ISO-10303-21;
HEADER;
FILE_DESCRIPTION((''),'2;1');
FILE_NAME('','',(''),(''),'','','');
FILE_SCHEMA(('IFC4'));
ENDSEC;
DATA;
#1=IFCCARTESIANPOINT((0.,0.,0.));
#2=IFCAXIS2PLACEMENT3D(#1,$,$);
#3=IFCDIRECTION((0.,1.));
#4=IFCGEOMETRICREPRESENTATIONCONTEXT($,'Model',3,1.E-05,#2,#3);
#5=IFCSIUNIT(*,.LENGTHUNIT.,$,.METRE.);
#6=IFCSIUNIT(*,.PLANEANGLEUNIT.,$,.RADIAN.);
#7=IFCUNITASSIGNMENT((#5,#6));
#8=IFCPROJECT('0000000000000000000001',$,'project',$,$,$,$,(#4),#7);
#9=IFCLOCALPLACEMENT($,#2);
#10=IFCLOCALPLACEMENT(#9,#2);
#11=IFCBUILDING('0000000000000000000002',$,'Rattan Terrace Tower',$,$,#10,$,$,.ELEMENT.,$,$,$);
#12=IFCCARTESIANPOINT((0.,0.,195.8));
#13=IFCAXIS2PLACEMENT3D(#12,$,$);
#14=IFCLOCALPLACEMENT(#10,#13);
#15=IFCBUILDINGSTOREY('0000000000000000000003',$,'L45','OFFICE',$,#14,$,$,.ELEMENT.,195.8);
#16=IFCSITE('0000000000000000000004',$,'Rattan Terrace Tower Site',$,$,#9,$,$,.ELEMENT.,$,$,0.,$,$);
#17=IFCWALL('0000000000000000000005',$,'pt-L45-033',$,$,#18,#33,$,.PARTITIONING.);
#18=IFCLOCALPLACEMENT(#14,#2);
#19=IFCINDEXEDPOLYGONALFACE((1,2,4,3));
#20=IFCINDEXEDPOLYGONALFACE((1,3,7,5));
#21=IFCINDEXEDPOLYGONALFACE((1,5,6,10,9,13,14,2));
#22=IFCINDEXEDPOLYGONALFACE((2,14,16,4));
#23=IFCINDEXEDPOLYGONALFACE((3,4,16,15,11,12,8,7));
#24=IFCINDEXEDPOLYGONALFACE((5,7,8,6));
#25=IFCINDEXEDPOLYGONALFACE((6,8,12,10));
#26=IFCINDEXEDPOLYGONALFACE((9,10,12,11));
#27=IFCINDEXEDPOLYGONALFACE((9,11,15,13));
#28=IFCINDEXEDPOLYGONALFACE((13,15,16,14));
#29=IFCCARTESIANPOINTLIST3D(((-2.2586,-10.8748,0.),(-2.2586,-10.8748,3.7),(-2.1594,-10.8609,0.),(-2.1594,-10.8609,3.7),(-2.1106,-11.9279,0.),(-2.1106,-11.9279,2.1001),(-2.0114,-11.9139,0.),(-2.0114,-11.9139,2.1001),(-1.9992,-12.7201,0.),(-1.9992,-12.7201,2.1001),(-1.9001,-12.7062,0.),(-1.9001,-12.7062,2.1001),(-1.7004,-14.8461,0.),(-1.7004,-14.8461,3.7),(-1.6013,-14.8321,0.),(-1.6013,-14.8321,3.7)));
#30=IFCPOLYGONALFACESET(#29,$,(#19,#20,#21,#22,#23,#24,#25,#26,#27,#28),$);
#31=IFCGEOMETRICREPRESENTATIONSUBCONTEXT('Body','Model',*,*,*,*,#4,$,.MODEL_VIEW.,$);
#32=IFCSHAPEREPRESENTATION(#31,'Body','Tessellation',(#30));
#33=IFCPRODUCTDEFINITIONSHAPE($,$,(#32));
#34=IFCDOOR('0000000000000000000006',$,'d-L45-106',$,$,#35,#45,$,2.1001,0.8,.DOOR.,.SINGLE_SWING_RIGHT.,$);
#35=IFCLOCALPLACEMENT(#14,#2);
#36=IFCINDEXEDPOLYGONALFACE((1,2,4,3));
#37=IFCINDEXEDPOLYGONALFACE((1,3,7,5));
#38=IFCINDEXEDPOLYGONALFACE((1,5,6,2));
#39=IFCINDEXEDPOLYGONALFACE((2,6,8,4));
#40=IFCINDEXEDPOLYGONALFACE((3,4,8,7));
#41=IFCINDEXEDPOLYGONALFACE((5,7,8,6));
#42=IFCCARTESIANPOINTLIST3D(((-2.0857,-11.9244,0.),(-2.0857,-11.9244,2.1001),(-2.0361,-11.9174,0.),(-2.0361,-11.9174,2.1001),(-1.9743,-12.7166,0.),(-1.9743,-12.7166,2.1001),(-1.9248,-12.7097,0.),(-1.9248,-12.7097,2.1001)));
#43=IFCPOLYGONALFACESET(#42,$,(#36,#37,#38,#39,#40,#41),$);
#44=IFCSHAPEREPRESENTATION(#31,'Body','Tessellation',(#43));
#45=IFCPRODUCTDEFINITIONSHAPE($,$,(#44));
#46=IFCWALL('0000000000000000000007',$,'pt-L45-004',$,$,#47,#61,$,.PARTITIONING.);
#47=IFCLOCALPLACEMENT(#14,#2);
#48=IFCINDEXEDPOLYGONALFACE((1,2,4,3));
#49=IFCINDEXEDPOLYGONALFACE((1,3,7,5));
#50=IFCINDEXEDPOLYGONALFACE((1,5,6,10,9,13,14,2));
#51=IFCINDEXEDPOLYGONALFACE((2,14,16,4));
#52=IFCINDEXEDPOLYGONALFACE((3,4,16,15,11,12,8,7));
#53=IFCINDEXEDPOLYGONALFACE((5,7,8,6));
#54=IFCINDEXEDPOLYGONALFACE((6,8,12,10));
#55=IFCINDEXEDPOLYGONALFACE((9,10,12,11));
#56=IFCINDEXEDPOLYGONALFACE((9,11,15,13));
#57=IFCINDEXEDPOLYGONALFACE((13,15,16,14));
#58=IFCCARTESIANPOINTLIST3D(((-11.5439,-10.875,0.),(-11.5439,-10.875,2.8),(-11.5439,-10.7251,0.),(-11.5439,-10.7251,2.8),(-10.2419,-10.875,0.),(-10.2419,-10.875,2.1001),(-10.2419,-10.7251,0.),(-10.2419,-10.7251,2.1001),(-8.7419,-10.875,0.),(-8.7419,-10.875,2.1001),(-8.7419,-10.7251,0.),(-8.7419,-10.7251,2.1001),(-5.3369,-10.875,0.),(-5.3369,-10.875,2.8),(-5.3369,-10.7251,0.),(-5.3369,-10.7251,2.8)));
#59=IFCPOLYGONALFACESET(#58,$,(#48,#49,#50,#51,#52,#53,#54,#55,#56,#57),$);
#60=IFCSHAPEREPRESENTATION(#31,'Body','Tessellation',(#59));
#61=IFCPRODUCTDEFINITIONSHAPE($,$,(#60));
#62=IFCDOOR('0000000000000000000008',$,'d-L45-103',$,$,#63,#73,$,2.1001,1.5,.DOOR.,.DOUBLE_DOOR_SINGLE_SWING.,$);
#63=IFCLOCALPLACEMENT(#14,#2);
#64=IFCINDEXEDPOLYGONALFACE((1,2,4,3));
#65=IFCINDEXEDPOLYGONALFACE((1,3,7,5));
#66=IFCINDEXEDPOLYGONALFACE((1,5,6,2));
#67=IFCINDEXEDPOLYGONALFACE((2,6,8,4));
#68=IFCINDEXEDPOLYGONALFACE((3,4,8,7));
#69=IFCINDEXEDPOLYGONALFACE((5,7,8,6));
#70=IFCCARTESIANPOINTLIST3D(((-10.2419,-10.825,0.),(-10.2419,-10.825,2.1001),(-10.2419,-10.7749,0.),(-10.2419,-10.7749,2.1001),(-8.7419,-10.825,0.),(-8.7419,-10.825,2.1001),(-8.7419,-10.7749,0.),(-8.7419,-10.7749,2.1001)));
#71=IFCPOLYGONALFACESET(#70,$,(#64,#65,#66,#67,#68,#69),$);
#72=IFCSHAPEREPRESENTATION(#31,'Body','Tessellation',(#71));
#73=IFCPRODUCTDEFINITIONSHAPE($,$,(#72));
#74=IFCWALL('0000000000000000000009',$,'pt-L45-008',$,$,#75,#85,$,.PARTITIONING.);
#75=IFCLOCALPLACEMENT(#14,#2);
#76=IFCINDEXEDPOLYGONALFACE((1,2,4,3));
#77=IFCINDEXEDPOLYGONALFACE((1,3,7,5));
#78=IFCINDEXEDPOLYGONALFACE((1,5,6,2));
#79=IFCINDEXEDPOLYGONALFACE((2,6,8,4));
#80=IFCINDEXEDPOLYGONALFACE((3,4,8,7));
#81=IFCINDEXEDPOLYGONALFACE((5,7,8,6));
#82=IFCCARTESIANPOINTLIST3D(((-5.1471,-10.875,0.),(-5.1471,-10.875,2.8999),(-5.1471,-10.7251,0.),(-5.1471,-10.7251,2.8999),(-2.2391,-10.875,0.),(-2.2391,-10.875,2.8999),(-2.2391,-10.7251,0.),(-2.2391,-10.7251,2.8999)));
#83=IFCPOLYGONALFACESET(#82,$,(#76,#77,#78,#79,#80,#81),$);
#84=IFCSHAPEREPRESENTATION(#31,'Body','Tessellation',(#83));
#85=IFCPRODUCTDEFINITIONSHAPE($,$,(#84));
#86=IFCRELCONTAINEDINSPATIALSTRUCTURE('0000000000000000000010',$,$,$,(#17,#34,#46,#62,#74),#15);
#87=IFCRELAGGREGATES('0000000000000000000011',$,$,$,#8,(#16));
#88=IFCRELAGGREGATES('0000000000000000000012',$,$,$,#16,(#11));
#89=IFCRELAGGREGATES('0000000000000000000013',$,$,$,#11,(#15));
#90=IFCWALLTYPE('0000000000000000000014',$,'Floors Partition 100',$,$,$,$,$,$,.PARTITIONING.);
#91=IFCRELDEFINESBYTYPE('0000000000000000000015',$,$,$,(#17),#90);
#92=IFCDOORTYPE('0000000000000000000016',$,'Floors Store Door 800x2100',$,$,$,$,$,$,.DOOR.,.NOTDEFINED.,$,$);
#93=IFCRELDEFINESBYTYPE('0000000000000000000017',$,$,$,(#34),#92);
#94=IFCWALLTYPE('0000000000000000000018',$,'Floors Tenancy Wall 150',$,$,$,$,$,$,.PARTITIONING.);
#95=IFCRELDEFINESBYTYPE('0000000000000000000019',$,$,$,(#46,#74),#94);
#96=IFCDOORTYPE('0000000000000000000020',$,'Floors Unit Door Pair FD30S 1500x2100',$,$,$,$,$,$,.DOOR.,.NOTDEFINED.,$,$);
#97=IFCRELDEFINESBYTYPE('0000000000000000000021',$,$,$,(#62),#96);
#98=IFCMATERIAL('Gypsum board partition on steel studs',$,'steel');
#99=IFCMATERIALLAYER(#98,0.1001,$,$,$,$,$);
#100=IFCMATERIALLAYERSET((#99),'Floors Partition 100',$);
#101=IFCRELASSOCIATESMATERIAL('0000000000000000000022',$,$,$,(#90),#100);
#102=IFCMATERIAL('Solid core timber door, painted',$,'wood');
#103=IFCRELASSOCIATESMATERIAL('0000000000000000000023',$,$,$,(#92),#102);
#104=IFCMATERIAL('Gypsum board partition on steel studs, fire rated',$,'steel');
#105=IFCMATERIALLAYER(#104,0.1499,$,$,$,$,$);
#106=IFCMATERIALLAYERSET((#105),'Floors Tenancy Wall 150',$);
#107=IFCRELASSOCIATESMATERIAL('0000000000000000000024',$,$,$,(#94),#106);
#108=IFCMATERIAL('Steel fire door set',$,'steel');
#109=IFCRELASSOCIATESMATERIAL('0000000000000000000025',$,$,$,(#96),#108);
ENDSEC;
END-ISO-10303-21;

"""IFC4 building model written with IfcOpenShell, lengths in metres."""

from ifc_helpers import new_model, si_unit, direction, frame, frame_2d, origin, place, context, subcontext, project, spatial, rectangle, extrude, material, layer, layer_set, type_object, element, fill, save


model = new_model("IFC4")

# Units and contexts
model_context = context("Model", 3, precision=1e-05, world=origin(), true_north=direction((0.0, 1.0)))
body_context = subcontext(model_context, "Body", "Model", "MODEL_VIEW")
ifc_project = project(units=[si_unit("LENGTHUNIT", "METRE"), si_unit("PLANEANGLEUNIT", "RADIAN")], contexts=[model_context])

# Site, building, storey
site_placement = place(None, origin())
site = spatial("IfcSite", under=ifc_project, at=site_placement, Name="Rattan Terrace Tower Site", CompositionType="ELEMENT", RefElevation=0.0)
building_placement = place(site_placement, origin())
building = spatial("IfcBuilding", under=site, at=building_placement, Name="Rattan Terrace Tower", CompositionType="ELEMENT")
storey_placement = place(building_placement, frame((0.0, 0.0, 195.8)))
storey = spatial("IfcBuildingStorey", under=building, at=storey_placement, Name="L45", Description="OFFICE", CompositionType="ELEMENT", Elevation=195.8)

# Shared definitions
ifc_material_1 = material(Name="Gypsum board partition on steel studs", Category="steel")
ifc_layer_1 = layer(ifc_material_1, 0.1001)
ifc_layer_set_1 = layer_set([ifc_layer_1], Name="Floors Partition 100")
wall_type_1 = type_object("IfcWallType", Name="Floors Partition 100", PredefinedType="PARTITIONING", material=ifc_layer_set_1)

# Walls, openings, doors
wall_1_placement = place(storey_placement, frame((-1.6509, -14.8391, 0.0), z_axis=(0.0, 0.0, 1.0), x_axis=(-0.139171, 0.990268, 0.0)))
wall_1 = element("IfcWall", 1, at=wall_1_placement, inside=storey, type_object=wall_type_1, Name="pt-L45-033", PredefinedType="PARTITIONING", context=body_context, shape_type="SweptSolid", body=[
    extrude(rectangle(XDim=4.0103, YDim=0.1001, at=frame_2d((2.0051, 0.0))), origin(), (0.0, 0.0, 1.0), 3.7),
])
opening_1_placement = place(wall_1_placement, frame((2.147, 0.0, 0.0)))
opening_1 = element("IfcOpeningElement", 2, at=opening_1_placement, cuts=wall_1, PredefinedType="OPENING", context=body_context, shape_type="SweptSolid", body=[
    extrude(rectangle(XDim=0.8, YDim=2.1001, at=frame_2d((0.3999, 1.05))), frame((0.0, 0.0605, 0.0), z_axis=(0.0, -1.0, 0.0), x_axis=(1.0, 0.0, 0.0)), (0.0, 0.0, 1.0), 0.1211),
])
ifc_material_2 = material(Name="Solid core timber door, painted", Category="wood")
door_type_1 = type_object("IfcDoorType", Name="Floors Store Door 800x2100", OperationType="NOTDEFINED", PredefinedType="DOOR", material=ifc_material_2)
door_1_placement = place(opening_1_placement, origin())
door_1 = element("IfcDoor", 3, at=door_1_placement, inside=storey, type_object=door_type_1, Name="d-L45-106", OperationType="SINGLE_SWING_RIGHT", OverallHeight=2.1001, OverallWidth=0.8, PredefinedType="DOOR", context=body_context, shape_type="SweptSolid", body=[
    extrude(rectangle(XDim=0.8, YDim=2.1001, at=frame_2d((0.3999, 1.05))), frame((0.0, 0.0249, 0.0), z_axis=(0.0, -1.0, 0.0), x_axis=(1.0, 0.0, 0.0)), (0.0, 0.0, 1.0), 0.05),
])
fill(opening_1, door_1)
ifc_material_3 = material(Name="Gypsum board partition on steel studs, fire rated", Category="steel")
ifc_layer_2 = layer(ifc_material_3, 0.1499)
ifc_layer_set_2 = layer_set([ifc_layer_2], Name="Floors Tenancy Wall 150")
wall_type_2 = type_object("IfcWallType", Name="Floors Tenancy Wall 150", PredefinedType="PARTITIONING", material=ifc_layer_set_2)
wall_2_placement = place(storey_placement, frame((-5.3369, -10.8, 0.0), z_axis=(0.0, 0.0, 1.0), x_axis=(-1.0, 0.0, 0.0)))
wall_2 = element("IfcWall", 4, at=wall_2_placement, inside=storey, type_object=wall_type_2, Name="pt-L45-004", PredefinedType="PARTITIONING", context=body_context, shape_type="SweptSolid", body=[
    extrude(rectangle(XDim=6.207, YDim=0.1499, at=frame_2d((3.1035, 0.0))), origin(), (0.0, 0.0, 1.0), 2.8),
])
opening_2_placement = place(wall_2_placement, frame((3.405, 0.0, 0.0)))
opening_2 = element("IfcOpeningElement", 5, at=opening_2_placement, cuts=wall_2, PredefinedType="OPENING", context=body_context, shape_type="SweptSolid", body=[
    extrude(rectangle(XDim=1.5, YDim=2.1001, at=frame_2d((0.75, 1.05))), frame((0.0, 0.0854, 0.0), z_axis=(0.0, -1.0, 0.0), x_axis=(1.0, 0.0, 0.0)), (0.0, 0.0, 1.0), 0.1709),
])
ifc_material_4 = material(Name="Steel fire door set", Category="steel")
door_type_2 = type_object("IfcDoorType", Name="Floors Unit Door Pair FD30S 1500x2100", OperationType="NOTDEFINED", PredefinedType="DOOR", material=ifc_material_4)
door_2_placement = place(opening_2_placement, origin())
door_2 = element("IfcDoor", 6, at=door_2_placement, inside=storey, type_object=door_type_2, Name="d-L45-103", OperationType="DOUBLE_DOOR_SINGLE_SWING", OverallHeight=2.1001, OverallWidth=1.5, PredefinedType="DOOR", context=body_context, shape_type="SweptSolid", body=[
    extrude(rectangle(XDim=1.5, YDim=2.1001, at=frame_2d((0.75, 1.05))), frame((0.0, 0.0249, 0.0), z_axis=(0.0, -1.0, 0.0), x_axis=(1.0, 0.0, 0.0)), (0.0, 0.0, 1.0), 0.05),
])
fill(opening_2, door_2)

# Wall
wall_3_placement = place(storey_placement, frame((-2.239, -10.8, 0.0), z_axis=(0.0, 0.0, 1.0), x_axis=(-1.0, 0.0, 0.0)))
element("IfcWall", 7, at=wall_3_placement, inside=storey, type_object=wall_type_2, Name="pt-L45-008", PredefinedType="PARTITIONING", context=body_context, shape_type="SweptSolid", body=[
    extrude(rectangle(XDim=2.908, YDim=0.1499, at=frame_2d((1.4541, 0.0))), origin(), (0.0, 0.0, 1.0), 2.8999),
])

save(model, "model.ifc")
